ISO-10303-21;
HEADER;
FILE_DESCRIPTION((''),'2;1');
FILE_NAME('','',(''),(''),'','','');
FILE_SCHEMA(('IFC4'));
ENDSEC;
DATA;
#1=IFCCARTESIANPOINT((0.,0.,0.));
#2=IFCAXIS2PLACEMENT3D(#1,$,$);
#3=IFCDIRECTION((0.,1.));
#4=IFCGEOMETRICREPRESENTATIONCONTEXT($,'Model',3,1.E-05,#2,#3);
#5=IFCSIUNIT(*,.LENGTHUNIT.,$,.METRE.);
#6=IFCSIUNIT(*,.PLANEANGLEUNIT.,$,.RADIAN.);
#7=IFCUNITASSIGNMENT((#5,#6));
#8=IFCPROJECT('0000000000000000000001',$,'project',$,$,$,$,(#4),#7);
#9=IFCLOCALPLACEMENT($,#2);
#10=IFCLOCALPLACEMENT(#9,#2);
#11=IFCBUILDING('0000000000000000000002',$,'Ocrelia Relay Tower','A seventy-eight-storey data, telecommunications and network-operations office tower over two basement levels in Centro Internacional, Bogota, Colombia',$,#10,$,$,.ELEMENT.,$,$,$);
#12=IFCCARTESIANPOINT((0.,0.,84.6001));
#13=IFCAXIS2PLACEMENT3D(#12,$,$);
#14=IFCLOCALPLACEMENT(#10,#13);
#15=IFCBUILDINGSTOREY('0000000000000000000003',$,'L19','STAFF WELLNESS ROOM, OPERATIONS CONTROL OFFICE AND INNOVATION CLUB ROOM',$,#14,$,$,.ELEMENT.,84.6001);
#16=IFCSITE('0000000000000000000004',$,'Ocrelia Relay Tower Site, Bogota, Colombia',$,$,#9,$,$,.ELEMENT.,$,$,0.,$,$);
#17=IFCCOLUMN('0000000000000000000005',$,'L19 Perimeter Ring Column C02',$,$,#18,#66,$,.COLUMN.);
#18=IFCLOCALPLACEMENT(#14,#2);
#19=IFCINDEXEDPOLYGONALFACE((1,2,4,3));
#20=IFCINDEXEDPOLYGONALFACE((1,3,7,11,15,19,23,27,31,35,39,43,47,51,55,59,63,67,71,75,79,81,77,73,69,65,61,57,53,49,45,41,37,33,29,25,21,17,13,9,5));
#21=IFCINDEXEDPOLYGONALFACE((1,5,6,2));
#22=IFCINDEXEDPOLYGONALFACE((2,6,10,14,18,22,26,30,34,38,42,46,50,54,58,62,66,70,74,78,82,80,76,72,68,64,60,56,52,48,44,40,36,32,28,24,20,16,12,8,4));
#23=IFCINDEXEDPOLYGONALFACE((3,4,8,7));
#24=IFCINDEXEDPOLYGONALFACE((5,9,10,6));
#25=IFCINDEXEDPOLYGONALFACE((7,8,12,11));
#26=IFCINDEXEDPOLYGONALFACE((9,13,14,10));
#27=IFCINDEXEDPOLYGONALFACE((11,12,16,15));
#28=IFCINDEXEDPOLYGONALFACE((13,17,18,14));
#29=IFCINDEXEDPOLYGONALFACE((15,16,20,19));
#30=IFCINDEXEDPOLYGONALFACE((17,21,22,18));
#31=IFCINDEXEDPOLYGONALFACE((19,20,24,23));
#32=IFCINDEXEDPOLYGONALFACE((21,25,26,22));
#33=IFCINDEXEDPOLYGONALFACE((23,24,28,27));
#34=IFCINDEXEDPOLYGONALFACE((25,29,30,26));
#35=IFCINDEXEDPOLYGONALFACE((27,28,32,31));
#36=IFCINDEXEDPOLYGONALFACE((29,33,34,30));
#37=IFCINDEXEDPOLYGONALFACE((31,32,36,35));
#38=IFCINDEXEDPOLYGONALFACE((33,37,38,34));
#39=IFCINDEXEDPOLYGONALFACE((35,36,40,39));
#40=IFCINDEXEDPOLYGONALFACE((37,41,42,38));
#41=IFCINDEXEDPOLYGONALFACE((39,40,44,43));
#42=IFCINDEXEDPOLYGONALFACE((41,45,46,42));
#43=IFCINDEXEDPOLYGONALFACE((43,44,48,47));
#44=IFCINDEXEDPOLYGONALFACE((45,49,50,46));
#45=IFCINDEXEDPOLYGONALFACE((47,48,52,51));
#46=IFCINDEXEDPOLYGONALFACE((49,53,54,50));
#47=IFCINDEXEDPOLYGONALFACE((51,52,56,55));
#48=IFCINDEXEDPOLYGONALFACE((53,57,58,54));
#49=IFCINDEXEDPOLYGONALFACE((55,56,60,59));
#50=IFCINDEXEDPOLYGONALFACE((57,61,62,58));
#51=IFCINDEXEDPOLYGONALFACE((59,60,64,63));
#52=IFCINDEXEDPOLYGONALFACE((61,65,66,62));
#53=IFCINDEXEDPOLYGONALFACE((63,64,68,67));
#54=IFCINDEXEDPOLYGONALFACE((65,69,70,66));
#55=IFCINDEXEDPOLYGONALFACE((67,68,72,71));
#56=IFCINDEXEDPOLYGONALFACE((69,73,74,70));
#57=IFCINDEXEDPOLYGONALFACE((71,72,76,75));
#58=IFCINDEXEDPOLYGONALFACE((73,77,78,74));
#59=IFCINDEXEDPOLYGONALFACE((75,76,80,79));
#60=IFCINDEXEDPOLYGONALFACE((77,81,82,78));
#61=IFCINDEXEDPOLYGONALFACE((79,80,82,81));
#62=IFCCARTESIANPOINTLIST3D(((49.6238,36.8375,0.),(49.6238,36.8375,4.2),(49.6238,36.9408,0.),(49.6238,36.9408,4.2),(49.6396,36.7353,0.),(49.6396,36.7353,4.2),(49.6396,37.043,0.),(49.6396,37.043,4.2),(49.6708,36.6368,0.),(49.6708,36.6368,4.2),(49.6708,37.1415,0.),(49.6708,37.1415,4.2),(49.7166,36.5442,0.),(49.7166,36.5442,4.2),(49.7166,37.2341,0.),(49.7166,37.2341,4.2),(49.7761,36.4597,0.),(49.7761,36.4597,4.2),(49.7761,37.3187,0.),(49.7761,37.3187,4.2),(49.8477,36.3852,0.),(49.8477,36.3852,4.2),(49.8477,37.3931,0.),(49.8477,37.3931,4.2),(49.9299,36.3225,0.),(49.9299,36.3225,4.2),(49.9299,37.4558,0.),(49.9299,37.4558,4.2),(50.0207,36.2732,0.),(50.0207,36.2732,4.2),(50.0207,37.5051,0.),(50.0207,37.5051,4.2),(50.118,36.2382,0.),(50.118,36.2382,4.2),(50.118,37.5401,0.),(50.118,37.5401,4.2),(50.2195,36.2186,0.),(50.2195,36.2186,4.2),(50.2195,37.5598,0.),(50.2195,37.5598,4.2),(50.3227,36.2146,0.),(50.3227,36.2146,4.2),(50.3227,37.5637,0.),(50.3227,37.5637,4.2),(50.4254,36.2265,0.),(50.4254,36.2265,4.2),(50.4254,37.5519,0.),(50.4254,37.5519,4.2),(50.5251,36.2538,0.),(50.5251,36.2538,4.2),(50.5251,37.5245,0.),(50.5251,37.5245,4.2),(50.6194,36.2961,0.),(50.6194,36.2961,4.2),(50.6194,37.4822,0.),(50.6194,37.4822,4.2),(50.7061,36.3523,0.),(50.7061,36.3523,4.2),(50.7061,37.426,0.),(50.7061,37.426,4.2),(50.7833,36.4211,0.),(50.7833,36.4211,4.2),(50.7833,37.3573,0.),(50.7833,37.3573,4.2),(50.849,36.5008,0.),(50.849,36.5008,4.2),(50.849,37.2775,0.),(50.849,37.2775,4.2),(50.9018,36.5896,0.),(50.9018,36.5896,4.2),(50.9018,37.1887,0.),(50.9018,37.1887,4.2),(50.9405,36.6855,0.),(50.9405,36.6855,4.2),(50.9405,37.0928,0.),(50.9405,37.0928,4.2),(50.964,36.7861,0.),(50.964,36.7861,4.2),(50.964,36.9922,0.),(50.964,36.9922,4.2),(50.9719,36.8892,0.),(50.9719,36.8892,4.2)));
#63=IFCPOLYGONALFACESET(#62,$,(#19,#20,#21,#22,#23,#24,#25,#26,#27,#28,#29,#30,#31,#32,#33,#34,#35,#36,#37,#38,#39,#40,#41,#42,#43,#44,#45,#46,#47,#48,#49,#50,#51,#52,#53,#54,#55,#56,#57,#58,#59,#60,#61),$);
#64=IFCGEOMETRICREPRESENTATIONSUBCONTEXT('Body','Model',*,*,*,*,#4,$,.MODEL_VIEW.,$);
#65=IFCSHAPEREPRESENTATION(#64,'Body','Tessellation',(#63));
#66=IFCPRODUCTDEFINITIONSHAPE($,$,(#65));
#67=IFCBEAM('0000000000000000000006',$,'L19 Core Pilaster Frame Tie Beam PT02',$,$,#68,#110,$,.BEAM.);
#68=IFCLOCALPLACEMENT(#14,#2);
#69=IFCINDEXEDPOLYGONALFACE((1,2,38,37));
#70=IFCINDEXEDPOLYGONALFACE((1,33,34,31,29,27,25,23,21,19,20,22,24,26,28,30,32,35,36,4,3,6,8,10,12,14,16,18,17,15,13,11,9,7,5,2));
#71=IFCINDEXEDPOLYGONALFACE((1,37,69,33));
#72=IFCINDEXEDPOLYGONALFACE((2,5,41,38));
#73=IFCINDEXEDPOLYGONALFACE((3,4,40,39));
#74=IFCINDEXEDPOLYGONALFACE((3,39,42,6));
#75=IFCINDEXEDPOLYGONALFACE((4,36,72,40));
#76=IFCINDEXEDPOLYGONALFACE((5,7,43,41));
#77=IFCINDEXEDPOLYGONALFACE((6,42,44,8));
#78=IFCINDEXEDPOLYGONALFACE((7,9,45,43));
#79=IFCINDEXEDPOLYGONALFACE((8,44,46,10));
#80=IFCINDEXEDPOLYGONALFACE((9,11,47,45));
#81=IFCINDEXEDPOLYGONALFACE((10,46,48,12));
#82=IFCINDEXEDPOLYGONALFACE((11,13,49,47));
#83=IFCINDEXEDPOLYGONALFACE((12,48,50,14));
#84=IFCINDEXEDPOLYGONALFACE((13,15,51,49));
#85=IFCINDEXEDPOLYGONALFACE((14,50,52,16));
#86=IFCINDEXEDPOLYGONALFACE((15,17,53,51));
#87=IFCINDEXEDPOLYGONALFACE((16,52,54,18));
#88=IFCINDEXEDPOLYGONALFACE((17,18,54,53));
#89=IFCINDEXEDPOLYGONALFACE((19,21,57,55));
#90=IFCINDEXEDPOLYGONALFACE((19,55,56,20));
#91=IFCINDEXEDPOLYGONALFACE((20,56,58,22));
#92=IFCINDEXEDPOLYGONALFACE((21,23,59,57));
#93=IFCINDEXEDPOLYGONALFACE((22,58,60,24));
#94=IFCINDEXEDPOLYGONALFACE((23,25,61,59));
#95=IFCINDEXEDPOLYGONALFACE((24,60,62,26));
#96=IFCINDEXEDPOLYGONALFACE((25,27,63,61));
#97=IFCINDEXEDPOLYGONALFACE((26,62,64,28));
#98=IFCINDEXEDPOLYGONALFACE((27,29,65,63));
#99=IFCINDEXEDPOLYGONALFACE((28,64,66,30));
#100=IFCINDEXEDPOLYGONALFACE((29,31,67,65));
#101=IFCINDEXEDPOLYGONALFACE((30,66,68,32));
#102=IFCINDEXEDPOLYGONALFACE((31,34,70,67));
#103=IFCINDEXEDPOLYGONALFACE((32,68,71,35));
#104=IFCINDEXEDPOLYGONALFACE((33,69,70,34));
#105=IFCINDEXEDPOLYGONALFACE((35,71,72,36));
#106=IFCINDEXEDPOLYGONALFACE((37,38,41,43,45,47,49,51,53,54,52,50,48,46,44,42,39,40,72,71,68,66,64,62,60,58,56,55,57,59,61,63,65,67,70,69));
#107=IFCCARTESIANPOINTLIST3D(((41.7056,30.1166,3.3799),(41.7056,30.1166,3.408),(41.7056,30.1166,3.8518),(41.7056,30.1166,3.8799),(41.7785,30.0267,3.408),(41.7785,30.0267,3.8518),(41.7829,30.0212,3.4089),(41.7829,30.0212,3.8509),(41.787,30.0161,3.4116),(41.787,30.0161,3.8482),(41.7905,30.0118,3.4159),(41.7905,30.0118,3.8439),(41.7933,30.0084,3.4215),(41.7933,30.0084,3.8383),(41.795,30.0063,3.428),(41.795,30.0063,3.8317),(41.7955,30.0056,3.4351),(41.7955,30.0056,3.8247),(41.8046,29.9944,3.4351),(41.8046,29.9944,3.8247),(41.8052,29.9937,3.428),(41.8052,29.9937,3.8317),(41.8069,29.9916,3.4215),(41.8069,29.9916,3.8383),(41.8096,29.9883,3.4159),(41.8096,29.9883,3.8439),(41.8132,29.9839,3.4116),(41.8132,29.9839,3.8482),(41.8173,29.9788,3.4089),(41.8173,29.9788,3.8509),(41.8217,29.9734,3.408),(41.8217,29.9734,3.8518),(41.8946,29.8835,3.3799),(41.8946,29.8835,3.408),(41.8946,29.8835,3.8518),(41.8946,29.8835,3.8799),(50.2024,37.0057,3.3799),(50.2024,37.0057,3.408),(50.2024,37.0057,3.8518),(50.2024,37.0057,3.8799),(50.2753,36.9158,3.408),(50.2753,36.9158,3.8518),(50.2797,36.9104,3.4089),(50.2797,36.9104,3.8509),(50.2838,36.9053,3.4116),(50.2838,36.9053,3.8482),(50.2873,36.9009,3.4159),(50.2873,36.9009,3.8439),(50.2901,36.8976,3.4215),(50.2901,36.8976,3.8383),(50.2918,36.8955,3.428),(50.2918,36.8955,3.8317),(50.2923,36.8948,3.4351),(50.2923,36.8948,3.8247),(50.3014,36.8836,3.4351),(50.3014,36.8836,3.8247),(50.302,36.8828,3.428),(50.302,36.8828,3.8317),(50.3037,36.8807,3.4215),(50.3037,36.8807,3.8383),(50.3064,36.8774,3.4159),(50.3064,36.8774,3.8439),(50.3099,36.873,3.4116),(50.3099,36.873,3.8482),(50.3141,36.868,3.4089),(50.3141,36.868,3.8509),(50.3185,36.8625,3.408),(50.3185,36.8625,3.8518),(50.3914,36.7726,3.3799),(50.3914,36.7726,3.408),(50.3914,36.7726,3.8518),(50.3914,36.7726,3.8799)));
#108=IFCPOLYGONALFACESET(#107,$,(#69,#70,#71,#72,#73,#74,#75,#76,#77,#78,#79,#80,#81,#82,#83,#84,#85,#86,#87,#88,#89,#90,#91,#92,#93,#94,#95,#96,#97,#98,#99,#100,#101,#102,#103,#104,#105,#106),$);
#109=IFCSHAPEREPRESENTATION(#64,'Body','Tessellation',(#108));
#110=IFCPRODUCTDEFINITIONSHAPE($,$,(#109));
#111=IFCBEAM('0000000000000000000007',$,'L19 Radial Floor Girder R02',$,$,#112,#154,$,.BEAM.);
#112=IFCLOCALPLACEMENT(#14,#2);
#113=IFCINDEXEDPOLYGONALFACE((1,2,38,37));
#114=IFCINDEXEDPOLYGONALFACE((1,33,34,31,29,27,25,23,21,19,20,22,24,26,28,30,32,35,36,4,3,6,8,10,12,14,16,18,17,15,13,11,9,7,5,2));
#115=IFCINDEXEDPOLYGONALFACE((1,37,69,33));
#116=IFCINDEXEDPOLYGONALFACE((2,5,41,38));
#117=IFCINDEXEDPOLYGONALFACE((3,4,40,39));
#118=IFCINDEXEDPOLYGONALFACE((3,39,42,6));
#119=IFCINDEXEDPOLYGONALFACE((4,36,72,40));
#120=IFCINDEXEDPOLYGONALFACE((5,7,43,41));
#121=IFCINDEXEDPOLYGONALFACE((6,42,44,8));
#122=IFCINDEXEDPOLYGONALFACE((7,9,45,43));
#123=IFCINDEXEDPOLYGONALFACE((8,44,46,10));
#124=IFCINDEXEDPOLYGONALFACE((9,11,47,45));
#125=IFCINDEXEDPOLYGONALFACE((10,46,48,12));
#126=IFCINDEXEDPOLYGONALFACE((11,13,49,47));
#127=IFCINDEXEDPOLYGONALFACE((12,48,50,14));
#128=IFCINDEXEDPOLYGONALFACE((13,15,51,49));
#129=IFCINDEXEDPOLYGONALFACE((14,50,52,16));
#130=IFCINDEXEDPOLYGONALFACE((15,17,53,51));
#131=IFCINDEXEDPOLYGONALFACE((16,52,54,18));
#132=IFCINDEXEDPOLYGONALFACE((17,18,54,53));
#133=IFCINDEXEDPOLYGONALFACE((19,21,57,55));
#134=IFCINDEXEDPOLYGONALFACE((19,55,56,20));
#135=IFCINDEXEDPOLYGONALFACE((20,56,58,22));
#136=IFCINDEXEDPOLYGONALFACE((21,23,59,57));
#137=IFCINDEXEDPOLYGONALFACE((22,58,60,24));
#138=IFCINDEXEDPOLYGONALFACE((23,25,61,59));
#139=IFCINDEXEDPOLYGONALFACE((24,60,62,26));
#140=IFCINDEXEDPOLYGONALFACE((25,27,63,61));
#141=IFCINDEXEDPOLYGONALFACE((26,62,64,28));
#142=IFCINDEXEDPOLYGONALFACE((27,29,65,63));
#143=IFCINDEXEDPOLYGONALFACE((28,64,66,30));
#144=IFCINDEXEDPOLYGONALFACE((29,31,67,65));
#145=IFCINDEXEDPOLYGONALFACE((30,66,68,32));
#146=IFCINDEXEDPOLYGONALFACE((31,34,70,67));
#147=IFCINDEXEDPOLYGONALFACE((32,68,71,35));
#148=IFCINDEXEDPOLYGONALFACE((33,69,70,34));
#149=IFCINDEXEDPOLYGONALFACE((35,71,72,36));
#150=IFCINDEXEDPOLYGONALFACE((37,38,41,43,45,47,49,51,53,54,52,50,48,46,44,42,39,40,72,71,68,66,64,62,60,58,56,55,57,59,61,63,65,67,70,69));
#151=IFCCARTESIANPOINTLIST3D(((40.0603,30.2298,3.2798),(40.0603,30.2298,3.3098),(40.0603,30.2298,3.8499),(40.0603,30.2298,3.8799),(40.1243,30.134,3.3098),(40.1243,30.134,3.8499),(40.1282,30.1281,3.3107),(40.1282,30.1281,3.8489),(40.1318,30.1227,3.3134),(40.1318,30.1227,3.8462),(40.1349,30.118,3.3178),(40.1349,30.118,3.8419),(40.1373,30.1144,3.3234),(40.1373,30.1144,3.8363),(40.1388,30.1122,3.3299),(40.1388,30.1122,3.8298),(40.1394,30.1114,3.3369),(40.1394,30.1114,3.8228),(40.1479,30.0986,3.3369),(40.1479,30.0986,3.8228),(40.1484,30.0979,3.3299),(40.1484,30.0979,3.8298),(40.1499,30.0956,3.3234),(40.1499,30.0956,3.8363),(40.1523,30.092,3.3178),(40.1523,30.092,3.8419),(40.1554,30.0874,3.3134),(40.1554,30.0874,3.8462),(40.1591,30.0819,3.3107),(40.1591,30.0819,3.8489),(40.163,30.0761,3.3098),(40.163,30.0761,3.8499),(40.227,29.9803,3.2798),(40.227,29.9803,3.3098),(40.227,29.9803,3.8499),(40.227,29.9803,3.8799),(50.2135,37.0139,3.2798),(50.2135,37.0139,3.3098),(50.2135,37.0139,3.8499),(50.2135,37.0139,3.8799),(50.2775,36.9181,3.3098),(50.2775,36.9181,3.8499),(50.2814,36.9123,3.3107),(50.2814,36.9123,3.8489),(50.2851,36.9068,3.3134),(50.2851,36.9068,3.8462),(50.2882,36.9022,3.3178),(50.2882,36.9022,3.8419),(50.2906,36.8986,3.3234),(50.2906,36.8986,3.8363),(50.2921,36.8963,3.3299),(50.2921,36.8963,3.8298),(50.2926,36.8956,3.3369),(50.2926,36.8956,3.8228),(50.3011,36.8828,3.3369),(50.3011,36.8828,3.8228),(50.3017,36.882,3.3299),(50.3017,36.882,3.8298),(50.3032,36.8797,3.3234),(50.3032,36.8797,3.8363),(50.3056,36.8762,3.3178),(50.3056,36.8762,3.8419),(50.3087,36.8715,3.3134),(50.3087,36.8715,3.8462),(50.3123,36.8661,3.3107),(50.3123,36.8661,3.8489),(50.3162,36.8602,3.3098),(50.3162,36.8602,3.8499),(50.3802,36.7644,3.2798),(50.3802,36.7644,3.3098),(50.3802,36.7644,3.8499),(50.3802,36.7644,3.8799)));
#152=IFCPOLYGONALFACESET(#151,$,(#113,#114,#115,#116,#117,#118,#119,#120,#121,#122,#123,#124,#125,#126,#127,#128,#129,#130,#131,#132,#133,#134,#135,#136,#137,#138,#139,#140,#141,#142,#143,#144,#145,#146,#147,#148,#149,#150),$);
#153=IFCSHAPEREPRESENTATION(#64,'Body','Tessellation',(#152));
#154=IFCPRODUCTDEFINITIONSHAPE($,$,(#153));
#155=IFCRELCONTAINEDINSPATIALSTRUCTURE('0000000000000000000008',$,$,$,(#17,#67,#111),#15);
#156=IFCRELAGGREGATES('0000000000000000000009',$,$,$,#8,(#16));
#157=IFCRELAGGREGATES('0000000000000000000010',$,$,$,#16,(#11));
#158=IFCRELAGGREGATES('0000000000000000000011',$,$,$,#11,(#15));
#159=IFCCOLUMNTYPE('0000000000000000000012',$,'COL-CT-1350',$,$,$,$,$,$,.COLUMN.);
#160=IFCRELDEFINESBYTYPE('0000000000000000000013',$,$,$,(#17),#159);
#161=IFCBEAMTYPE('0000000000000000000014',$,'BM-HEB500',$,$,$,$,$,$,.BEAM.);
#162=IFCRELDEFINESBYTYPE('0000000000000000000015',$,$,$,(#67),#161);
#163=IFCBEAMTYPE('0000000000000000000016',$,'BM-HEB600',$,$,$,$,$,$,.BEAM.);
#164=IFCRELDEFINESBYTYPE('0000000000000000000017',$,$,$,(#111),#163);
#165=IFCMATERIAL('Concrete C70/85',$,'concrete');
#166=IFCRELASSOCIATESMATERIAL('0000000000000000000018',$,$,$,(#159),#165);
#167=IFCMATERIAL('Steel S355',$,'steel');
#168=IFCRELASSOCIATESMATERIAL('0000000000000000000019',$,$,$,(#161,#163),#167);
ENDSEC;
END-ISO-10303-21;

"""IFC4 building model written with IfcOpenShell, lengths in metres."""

from ifc_helpers import new_model, si_unit, direction, frame, origin, origin_2d, place, context, subcontext, project, spatial, circle, i_section, extrude, material, material_profile, profile_set, type_object, element, save


model = new_model("IFC4")

# Units and contexts
model_context = context("Model", 3, precision=1e-05, world=origin(), true_north=direction((0.0, 1.0)))
body_context = subcontext(model_context, "Body", "Model", "MODEL_VIEW")
ifc_project = project(units=[si_unit("LENGTHUNIT", "METRE"), si_unit("PLANEANGLEUNIT", "RADIAN")], contexts=[model_context])

# Site, building, storey
site_placement = place(None, origin())
site = spatial("IfcSite", under=ifc_project, at=site_placement, Name="Ocrelia Relay Tower Site, Bogota, Colombia", CompositionType="ELEMENT", RefElevation=0.0)
building_placement = place(site_placement, origin())
building = spatial("IfcBuilding", under=site, at=building_placement, Name="Ocrelia Relay Tower", Description="A seventy-eight-storey data, telecommunications and network-operations office tower over two basement levels in Centro Internacional, Bogota, Colombia", CompositionType="ELEMENT")
storey_placement = place(building_placement, frame((0.0, 0.0, 84.6001)))
storey = spatial("IfcBuildingStorey", under=building, at=storey_placement, Name="L19", Description="STAFF WELLNESS ROOM, OPERATIONS CONTROL OFFICE AND INNOVATION CLUB ROOM", CompositionType="ELEMENT", Elevation=84.6001)

# Column
ifc_material_1 = material(Name="Concrete C70/85", Category="concrete")
ifc_material_profile_1 = material_profile(ifc_material_1, circle(Radius=0.675, at=origin_2d()), Name="RC-CIR-1350")
ifc_profile_set_1 = profile_set([ifc_material_profile_1], Name="Concrete C70/85")
column_type = type_object("IfcColumnType", Name="COL-CT-1350", PredefinedType="COLUMN", material=ifc_profile_set_1)
column_placement = place(storey_placement, frame((50.2969, 36.8892, 0.0), z_axis=(0.0, 0.0, 1.0), x_axis=(1.0, 0.0, 0.0)))
element("IfcColumn", 1, at=column_placement, inside=storey, type_object=column_type, Name="L19 Perimeter Ring Column C02", PredefinedType="COLUMN", context=body_context, shape_type="SweptSolid", body=[
    extrude(circle(Radius=0.675, at=origin_2d()), origin(), (0.0, 0.0, 1.0), 4.2),
])

# Beams
ifc_material_2 = material(Name="Steel S355", Category="steel")
ifc_material_profile_2 = material_profile(ifc_material_2, i_section(OverallWidth=0.3, OverallDepth=0.5, WebThickness=0.0144, FlangeThickness=0.0281, FilletRadius=0.0271, at=origin_2d()), Name="HEB 500")
ifc_profile_set_2 = profile_set([ifc_material_profile_2], Name="Steel S355")
beam_type_1 = type_object("IfcBeamType", Name="BM-HEB500", PredefinedType="BEAM", material=ifc_profile_set_2)
beam_1_placement = place(storey_placement, frame((50.2969, 36.8892, 3.6299), z_axis=(-0.776763, -0.629793, 0.0), x_axis=(0.629793, -0.776763, 0.0)))
element("IfcBeam", 2, at=beam_1_placement, inside=storey, type_object=beam_type_1, Name="L19 Core Pilaster Frame Tie Beam PT02", PredefinedType="BEAM", context=body_context, shape_type="SweptSolid", body=[
    extrude(i_section(OverallWidth=0.3, OverallDepth=0.5, WebThickness=0.0144, FlangeThickness=0.0281, FilletRadius=0.0271, at=origin_2d()), origin(), (0.0, 0.0, 1.0), 10.9387),
])
ifc_material_profile_3 = material_profile(ifc_material_2, i_section(OverallWidth=0.3, OverallDepth=0.6001, WebThickness=0.0154, FlangeThickness=0.03, FilletRadius=0.0271, at=origin_2d()), Name="HEB 600")
ifc_profile_set_3 = profile_set([ifc_material_profile_3], Name="Steel S355")
beam_type_2 = type_object("IfcBeamType", Name="BM-HEB600", PredefinedType="BEAM", material=ifc_profile_set_3)
beam_2_placement = place(storey_placement, frame((50.2969, 36.8892, 3.5798), z_axis=(-0.831472, -0.555567, 0.0), x_axis=(0.555567, -0.831472, 0.0)))
element("IfcBeam", 3, at=beam_2_placement, inside=storey, type_object=beam_type_2, Name="L19 Radial Floor Girder R02", PredefinedType="BEAM", context=body_context, shape_type="SweptSolid", body=[
    extrude(i_section(OverallWidth=0.3, OverallDepth=0.6001, WebThickness=0.0154, FlangeThickness=0.03, FilletRadius=0.0271, at=origin_2d()), origin(), (0.0, 0.0, 1.0), 12.2112),
])

save(model, "model.ifc")
